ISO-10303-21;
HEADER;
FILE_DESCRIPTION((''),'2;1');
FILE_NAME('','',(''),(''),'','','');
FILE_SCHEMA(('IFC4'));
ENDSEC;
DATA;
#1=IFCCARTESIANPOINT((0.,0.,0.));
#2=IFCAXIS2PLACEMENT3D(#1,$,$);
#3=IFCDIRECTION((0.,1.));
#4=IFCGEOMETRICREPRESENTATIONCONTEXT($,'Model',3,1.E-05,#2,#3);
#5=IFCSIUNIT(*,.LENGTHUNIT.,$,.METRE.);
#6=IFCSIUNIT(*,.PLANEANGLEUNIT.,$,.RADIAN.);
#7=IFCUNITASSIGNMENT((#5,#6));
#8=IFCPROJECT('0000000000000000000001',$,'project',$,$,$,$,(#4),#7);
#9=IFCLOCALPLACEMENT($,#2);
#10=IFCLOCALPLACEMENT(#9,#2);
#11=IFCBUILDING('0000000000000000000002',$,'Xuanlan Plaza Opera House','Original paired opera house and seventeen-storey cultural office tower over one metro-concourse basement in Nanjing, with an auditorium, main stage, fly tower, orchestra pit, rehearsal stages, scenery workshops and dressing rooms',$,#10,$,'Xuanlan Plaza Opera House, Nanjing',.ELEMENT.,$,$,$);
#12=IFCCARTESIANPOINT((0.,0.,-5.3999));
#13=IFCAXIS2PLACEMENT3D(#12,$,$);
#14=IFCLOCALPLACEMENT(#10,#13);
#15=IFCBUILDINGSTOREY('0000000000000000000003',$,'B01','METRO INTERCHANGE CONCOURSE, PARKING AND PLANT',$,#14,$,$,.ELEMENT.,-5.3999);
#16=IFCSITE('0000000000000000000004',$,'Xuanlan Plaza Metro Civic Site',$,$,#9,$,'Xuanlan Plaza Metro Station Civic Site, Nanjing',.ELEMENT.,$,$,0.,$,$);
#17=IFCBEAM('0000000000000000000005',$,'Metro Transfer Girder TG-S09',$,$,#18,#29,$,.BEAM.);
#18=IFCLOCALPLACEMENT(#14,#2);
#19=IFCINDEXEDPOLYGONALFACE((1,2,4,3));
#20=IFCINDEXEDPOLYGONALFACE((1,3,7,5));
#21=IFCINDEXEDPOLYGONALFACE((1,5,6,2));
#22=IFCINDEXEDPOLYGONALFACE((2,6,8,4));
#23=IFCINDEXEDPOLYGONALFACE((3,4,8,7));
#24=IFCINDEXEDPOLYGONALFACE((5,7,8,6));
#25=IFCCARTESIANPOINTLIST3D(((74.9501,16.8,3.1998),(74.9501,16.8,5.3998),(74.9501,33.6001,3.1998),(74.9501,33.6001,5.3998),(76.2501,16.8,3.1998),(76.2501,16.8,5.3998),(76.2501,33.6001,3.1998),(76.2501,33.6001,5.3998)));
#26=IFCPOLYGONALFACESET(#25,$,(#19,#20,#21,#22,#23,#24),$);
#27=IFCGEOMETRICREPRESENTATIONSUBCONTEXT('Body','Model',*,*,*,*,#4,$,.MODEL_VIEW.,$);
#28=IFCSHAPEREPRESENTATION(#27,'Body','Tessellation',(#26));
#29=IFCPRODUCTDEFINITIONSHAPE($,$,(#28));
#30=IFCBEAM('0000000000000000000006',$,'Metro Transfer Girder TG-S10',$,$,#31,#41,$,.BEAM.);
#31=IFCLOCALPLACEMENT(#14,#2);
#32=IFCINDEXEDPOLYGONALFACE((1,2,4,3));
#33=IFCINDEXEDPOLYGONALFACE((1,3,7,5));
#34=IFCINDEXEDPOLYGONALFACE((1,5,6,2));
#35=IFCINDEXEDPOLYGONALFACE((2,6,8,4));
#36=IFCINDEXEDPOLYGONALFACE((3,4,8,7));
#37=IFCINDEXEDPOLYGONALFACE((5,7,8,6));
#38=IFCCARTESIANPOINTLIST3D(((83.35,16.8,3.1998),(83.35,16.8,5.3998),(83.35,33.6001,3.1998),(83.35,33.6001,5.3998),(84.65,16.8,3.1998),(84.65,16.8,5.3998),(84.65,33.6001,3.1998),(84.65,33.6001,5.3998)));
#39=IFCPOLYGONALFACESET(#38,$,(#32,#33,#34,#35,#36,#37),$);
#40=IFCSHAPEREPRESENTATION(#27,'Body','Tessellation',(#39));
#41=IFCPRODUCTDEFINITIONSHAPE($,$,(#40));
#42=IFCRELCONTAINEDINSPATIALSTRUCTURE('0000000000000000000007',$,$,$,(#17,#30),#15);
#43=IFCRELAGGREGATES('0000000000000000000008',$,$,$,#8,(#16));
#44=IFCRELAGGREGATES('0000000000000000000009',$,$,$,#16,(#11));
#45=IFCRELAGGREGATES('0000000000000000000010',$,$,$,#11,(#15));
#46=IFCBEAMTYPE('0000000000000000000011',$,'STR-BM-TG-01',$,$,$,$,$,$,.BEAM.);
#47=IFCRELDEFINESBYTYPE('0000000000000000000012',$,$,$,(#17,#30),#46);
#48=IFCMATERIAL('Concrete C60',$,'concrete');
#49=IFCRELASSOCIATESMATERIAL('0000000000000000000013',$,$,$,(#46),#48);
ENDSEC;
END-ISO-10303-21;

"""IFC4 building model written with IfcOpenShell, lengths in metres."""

from ifc_helpers import new_model, si_unit, direction, frame, origin, origin_2d, place, context, subcontext, project, spatial, rectangle, extrude, material, material_profile, profile_set, type_object, element, save


model = new_model("IFC4")

# Units and contexts
model_context = context("Model", 3, precision=1e-05, world=origin(), true_north=direction((0.0, 1.0)))
body_context = subcontext(model_context, "Body", "Model", "MODEL_VIEW")
ifc_project = project(units=[si_unit("LENGTHUNIT", "METRE"), si_unit("PLANEANGLEUNIT", "RADIAN")], contexts=[model_context])

# Site, building, storey
site_placement = place(None, origin())
site = spatial("IfcSite", under=ifc_project, at=site_placement, Name="Xuanlan Plaza Metro Civic Site", LongName="Xuanlan Plaza Metro Station Civic Site, Nanjing", CompositionType="ELEMENT", RefElevation=0.0)
building_placement = place(site_placement, origin())
building = spatial("IfcBuilding", under=site, at=building_placement, Name="Xuanlan Plaza Opera House", Description="Original paired opera house and seventeen-storey cultural office tower over one metro-concourse basement in Nanjing, with an auditorium, main stage, fly tower, orchestra pit, rehearsal stages, scenery workshops and dressing rooms", LongName="Xuanlan Plaza Opera House, Nanjing", CompositionType="ELEMENT")
storey_placement = place(building_placement, frame((0.0, 0.0, -5.3999)))
storey = spatial("IfcBuildingStorey", under=building, at=storey_placement, Name="B01", Description="METRO INTERCHANGE CONCOURSE, PARKING AND PLANT", CompositionType="ELEMENT", Elevation=-5.3999)

# Shared definitions
ifc_material_1 = material(Name="Concrete C60", Category="concrete")

# Beams
ifc_material_profile_1 = material_profile(ifc_material_1, rectangle(XDim=1.3, YDim=2.2, at=origin_2d()), Name="RC-TG 1300x2200")
ifc_profile_set_1 = profile_set([ifc_material_profile_1], Name="Concrete C60")
beam_type_1 = type_object("IfcBeamType", Name="STR-BM-TG-01", PredefinedType="BEAM", material=ifc_profile_set_1)
for number, where, z_axis, x_axis, name in (
    (1, (75.6001, 16.8, 4.2998), (0.0, 1.0, 0.0), (-1.0, 0.0, 0.0), "Metro Transfer Girder TG-S09"),
    (2, (84.0, 16.8, 4.2998), (0.0, 1.0, 0.0), (-1.0, 0.0, 0.0), "Metro Transfer Girder TG-S10"),
):
    element("IfcBeam", number, at=place(storey_placement, frame(where, z_axis=z_axis, x_axis=x_axis)), inside=storey, type_object=beam_type_1, Name=name, PredefinedType="BEAM", context=body_context, shape_type="SweptSolid", body=[
        extrude(rectangle(XDim=1.3, YDim=2.2, at=origin_2d()), origin(), (0.0, 0.0, 1.0), 16.8),
    ])

save(model, "model.ifc")
